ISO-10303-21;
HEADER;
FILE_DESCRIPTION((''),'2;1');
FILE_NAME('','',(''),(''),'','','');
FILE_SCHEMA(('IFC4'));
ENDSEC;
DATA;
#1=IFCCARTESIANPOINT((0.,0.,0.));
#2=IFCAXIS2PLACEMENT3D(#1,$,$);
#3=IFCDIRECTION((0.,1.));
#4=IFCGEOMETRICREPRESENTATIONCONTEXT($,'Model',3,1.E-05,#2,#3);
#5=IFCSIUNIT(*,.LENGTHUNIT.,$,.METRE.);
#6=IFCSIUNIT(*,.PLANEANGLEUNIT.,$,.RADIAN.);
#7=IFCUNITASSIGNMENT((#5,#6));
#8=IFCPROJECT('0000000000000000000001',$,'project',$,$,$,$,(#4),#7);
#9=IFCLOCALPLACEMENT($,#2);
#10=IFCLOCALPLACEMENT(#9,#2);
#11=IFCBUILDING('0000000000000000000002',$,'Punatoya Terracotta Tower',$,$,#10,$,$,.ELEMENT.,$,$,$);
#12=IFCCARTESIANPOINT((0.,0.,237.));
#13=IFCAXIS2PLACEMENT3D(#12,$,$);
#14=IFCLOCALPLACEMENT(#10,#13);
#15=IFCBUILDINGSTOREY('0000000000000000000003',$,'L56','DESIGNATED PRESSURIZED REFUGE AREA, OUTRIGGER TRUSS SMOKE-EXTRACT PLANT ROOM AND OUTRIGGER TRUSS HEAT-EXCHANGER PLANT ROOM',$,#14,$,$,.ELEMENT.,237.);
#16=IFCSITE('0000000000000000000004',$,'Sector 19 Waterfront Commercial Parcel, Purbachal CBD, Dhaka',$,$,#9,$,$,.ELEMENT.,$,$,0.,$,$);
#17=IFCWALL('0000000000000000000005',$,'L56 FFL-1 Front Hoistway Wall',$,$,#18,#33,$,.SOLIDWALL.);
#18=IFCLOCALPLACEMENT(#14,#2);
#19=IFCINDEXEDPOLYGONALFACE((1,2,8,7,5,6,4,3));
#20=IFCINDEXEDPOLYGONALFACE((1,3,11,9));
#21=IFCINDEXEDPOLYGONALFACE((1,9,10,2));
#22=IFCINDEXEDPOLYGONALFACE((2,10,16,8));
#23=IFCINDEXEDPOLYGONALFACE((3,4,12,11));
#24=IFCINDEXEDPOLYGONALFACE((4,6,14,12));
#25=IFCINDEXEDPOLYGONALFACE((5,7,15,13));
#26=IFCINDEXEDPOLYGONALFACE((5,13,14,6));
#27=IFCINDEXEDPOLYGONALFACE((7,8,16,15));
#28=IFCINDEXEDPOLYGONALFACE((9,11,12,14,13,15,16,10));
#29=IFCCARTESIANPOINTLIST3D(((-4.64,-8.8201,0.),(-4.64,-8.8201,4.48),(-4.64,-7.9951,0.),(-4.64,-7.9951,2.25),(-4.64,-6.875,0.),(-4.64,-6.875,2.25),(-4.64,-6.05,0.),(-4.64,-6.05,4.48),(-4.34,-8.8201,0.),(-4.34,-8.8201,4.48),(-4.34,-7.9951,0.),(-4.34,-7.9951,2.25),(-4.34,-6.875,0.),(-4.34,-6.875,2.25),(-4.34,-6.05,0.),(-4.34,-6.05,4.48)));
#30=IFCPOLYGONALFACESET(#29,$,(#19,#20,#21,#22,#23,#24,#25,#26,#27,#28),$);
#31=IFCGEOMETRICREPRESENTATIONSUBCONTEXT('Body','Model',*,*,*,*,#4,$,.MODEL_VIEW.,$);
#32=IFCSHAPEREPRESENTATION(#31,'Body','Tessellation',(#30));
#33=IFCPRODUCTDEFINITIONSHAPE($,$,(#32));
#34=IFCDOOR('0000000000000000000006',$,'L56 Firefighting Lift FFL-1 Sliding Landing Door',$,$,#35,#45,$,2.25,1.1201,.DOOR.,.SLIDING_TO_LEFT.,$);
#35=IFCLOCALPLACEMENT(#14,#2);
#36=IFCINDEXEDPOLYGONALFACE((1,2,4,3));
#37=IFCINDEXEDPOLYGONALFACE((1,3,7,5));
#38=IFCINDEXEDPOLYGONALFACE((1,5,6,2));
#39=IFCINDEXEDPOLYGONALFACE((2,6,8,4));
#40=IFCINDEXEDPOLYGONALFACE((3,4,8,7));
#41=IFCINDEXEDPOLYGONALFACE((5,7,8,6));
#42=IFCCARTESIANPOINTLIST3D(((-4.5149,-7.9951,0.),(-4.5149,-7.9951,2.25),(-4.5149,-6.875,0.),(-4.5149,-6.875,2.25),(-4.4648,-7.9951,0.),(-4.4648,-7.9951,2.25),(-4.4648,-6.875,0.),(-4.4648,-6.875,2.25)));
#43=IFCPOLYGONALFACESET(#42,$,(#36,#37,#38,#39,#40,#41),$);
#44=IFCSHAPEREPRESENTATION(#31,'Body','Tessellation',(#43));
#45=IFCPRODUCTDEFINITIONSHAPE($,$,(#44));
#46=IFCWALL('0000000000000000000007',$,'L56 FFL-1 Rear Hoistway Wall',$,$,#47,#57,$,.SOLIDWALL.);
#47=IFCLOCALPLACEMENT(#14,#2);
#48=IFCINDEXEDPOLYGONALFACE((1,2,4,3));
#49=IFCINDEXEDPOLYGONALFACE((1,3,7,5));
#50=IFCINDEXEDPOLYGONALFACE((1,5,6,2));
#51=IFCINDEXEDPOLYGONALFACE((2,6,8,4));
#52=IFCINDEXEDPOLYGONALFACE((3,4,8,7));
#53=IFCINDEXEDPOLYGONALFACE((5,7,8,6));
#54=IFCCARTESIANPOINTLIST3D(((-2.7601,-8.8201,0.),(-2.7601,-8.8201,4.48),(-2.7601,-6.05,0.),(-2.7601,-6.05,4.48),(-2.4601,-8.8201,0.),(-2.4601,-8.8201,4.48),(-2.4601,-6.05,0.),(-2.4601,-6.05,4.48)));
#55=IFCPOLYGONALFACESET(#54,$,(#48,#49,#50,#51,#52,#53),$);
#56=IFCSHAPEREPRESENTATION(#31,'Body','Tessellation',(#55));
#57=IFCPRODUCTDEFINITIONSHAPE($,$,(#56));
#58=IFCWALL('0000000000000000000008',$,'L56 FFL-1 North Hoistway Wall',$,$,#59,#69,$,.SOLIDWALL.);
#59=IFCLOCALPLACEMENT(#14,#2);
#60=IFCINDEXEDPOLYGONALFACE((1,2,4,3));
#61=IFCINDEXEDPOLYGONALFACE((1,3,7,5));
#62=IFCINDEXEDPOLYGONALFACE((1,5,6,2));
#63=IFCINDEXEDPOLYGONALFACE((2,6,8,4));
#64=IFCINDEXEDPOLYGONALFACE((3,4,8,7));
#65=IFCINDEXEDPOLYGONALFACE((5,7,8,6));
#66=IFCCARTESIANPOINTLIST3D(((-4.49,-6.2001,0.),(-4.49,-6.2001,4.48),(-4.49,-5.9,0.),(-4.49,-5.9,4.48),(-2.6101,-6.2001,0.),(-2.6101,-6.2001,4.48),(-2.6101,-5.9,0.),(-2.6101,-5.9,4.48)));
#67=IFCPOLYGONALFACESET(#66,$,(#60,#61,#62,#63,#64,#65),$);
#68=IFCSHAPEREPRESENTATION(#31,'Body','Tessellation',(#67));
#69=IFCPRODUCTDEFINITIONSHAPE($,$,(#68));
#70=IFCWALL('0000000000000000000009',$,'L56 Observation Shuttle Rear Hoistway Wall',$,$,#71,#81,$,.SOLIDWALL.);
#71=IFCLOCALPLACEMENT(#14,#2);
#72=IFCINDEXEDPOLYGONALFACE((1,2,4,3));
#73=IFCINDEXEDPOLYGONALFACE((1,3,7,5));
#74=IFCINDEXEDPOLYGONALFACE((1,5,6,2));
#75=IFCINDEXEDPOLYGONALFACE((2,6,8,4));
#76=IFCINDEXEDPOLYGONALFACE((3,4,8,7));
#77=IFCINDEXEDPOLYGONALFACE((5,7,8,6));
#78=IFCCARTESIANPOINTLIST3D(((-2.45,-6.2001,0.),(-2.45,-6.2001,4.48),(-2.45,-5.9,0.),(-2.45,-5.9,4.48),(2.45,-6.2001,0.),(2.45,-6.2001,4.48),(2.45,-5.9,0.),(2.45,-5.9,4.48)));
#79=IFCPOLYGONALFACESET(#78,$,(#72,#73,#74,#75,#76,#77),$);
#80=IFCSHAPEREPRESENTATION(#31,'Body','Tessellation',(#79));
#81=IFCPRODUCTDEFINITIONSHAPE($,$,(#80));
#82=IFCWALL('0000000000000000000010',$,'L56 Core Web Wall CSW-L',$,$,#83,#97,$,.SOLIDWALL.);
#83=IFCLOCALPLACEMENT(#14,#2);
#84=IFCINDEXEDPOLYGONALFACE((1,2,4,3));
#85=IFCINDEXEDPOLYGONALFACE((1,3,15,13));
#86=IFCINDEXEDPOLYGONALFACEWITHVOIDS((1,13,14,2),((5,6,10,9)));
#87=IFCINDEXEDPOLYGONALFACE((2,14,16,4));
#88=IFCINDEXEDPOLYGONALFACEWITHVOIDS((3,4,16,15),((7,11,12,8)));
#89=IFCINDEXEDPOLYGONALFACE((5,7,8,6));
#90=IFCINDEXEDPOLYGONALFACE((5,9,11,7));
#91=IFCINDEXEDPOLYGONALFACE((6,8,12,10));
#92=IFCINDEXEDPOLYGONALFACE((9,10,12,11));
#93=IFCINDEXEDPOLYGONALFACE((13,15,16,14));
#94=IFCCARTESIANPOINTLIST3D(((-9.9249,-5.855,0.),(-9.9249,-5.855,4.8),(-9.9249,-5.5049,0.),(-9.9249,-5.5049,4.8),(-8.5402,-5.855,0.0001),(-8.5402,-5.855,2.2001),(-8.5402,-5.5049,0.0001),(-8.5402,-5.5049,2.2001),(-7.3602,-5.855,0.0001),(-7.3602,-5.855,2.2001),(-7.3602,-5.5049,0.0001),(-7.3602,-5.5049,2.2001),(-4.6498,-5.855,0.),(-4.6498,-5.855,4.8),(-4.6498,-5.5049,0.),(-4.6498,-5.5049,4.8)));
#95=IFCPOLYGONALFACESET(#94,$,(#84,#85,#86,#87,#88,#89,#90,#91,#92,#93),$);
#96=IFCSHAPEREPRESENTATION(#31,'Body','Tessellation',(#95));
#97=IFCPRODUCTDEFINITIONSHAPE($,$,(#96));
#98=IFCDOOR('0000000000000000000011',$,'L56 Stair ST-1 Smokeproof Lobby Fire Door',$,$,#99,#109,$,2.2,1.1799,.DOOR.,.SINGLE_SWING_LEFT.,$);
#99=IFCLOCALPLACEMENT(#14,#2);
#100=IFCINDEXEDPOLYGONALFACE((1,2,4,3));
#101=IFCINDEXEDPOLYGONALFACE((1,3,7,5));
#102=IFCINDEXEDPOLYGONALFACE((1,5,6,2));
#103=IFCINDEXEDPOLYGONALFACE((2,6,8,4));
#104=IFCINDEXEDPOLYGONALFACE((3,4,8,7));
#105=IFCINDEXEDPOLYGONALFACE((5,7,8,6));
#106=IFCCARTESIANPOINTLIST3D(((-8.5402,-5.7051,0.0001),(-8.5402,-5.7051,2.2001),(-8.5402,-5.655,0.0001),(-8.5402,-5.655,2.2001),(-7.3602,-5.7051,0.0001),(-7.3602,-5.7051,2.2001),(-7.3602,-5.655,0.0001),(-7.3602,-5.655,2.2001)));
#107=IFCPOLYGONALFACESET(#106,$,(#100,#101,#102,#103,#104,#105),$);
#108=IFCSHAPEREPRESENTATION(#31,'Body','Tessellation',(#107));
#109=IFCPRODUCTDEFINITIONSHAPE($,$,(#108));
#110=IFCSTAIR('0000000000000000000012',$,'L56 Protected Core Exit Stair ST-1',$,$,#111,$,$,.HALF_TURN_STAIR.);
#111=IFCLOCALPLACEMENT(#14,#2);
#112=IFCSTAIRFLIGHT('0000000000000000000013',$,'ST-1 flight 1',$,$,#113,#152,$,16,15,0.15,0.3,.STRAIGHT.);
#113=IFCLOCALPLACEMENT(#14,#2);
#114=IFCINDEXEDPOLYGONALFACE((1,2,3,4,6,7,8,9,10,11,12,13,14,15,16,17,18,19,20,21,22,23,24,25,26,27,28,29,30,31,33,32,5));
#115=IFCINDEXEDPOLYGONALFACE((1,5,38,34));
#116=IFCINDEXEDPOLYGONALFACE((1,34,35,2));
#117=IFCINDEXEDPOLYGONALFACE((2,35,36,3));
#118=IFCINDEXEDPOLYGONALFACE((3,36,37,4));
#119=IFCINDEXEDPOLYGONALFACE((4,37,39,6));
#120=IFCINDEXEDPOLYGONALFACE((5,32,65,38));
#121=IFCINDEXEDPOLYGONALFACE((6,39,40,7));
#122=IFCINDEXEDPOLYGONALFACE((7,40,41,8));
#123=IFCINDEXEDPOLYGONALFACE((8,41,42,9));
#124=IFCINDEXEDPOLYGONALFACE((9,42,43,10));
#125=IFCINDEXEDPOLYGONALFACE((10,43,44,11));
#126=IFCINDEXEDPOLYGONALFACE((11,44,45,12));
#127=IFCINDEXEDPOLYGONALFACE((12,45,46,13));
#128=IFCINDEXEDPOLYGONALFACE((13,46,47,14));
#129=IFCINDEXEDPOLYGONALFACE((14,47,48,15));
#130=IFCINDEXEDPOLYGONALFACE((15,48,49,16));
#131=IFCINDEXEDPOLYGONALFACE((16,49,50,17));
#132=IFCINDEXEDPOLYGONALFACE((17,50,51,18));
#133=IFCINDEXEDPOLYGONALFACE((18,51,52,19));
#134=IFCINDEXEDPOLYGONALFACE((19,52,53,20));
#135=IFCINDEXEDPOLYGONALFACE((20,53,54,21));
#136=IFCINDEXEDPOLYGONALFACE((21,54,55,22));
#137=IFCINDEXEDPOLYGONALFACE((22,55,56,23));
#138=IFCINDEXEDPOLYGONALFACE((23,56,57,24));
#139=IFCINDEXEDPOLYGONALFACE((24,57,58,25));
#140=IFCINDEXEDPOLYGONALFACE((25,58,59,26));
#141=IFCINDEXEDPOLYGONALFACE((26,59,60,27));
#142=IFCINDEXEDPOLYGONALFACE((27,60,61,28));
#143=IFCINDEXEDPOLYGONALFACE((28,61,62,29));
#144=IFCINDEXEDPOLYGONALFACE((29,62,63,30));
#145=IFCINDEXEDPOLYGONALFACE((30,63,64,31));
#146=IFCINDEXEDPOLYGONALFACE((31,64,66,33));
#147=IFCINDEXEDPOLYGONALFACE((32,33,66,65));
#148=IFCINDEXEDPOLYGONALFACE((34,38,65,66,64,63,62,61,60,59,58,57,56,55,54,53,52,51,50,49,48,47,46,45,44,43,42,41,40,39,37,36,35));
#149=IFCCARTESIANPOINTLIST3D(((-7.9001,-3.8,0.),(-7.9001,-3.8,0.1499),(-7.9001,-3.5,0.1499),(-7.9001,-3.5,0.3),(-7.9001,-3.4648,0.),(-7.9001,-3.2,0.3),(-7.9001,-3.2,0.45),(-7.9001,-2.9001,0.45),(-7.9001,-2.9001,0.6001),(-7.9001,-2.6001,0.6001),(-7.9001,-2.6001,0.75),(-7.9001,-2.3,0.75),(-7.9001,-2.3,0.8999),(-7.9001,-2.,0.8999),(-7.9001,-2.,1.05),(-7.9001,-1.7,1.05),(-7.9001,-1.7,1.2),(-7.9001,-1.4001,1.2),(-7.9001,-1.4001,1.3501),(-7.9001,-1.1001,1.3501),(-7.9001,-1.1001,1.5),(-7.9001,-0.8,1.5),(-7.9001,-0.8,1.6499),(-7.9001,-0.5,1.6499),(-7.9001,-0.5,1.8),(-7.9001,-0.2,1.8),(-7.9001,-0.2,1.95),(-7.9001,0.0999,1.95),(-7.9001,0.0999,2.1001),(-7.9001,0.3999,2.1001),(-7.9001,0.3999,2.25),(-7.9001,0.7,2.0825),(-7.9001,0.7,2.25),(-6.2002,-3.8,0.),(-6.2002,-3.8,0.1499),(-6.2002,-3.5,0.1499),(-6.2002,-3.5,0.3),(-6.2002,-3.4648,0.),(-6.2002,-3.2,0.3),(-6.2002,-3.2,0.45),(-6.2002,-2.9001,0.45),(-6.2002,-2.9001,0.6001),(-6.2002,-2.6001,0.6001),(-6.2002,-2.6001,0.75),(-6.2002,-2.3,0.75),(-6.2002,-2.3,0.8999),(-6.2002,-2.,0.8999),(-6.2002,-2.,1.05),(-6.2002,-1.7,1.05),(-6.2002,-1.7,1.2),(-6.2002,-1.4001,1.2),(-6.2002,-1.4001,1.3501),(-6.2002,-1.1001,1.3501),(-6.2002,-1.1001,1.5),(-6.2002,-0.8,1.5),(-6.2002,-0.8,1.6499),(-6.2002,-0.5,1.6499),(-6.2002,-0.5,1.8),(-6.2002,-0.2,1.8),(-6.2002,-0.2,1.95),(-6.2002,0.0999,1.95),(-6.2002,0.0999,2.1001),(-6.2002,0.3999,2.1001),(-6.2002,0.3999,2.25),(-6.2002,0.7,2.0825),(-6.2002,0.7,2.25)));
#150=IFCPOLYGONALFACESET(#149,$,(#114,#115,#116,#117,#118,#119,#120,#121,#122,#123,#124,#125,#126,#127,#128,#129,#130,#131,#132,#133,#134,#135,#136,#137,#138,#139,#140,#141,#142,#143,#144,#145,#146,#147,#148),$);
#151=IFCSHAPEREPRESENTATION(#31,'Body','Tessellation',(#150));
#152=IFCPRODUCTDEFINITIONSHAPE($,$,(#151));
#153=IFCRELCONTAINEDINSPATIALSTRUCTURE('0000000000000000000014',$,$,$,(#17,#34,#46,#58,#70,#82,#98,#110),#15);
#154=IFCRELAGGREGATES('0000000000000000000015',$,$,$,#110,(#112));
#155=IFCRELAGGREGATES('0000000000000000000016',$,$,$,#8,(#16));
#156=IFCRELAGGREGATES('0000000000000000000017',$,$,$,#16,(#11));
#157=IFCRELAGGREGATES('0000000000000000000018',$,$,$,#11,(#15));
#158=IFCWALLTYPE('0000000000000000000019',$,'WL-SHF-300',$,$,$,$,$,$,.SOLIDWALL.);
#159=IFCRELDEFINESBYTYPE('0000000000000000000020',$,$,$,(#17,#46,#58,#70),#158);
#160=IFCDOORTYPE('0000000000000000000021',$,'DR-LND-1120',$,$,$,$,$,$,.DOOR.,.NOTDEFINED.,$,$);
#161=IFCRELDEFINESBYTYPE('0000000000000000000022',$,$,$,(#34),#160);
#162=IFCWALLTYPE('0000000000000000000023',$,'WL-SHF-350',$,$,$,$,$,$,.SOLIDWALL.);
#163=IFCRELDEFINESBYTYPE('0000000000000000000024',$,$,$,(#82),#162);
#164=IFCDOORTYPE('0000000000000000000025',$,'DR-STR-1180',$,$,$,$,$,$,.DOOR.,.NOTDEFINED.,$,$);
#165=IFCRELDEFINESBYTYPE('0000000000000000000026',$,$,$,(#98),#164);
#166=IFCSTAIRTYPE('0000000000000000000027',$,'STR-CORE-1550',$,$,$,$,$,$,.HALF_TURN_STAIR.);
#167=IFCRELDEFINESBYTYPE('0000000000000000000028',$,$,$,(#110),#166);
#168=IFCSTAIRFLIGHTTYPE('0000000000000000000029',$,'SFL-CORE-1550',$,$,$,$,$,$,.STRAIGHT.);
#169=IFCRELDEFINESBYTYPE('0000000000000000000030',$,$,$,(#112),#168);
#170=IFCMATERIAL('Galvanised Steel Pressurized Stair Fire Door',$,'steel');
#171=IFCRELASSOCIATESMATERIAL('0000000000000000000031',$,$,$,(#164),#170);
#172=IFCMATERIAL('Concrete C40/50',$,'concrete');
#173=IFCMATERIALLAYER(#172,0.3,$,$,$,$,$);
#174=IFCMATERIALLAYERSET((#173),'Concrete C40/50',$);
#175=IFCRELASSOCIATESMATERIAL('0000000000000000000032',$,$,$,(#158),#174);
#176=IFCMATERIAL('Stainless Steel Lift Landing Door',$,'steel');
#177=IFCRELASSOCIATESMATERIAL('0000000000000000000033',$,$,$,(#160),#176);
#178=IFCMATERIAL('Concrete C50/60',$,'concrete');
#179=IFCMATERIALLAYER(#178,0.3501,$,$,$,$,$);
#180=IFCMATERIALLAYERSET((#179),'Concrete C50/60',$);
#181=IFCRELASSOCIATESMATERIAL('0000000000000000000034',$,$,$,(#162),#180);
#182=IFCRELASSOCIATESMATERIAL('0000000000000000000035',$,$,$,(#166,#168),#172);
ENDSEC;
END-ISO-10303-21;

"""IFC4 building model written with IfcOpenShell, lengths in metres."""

from ifc_helpers import new_model, si_unit, direction, frame, frame_2d, origin, place, context, subcontext, project, spatial, polyline, rectangle, outline, extrude, material, layer, layer_set, type_object, element, fill, aggregate, save


model = new_model("IFC4")

# Units and contexts
model_context = context("Model", 3, precision=1e-05, world=origin(), true_north=direction((0.0, 1.0)))
body_context = subcontext(model_context, "Body", "Model", "MODEL_VIEW")
ifc_project = project(units=[si_unit("LENGTHUNIT", "METRE"), si_unit("PLANEANGLEUNIT", "RADIAN")], contexts=[model_context])

# Site, building, storey
site_placement = place(None, origin())
site = spatial("IfcSite", under=ifc_project, at=site_placement, Name="Sector 19 Waterfront Commercial Parcel, Purbachal CBD, Dhaka", CompositionType="ELEMENT", RefElevation=0.0)
building_placement = place(site_placement, origin())
building = spatial("IfcBuilding", under=site, at=building_placement, Name="Punatoya Terracotta Tower", CompositionType="ELEMENT")
storey_placement = place(building_placement, frame((0.0, 0.0, 237.0)))
storey = spatial("IfcBuildingStorey", under=building, at=storey_placement, Name="L56", Description="DESIGNATED PRESSURIZED REFUGE AREA, OUTRIGGER TRUSS SMOKE-EXTRACT PLANT ROOM AND OUTRIGGER TRUSS HEAT-EXCHANGER PLANT ROOM", CompositionType="ELEMENT", Elevation=237.0)

# Shared definitions
ifc_material_1 = material(Name="Concrete C50/60", Category="concrete")

# Shared definitions
ifc_material_2 = material(Name="Galvanised Steel Pressurized Stair Fire Door", Category="steel")
door_type_1 = type_object("IfcDoorType", Name="DR-STR-1180", OperationType="NOTDEFINED", PredefinedType="DOOR", material=ifc_material_2)

# Shared definitions
ifc_material_3 = material(Name="Concrete C40/50", Category="concrete")

# Shared definitions
ifc_layer_1 = layer(ifc_material_3, 0.3)
ifc_layer_set_1 = layer_set([ifc_layer_1], Name="Concrete C40/50")
wall_type_1 = type_object("IfcWallType", Name="WL-SHF-300", PredefinedType="SOLIDWALL", material=ifc_layer_set_1)

# Wall, opening, door
wall_1_placement = place(storey_placement, frame((-4.49, -8.8201, 0.0), z_axis=(0.0, 0.0, 1.0), x_axis=(0.0, 1.0, 0.0)))
wall_1 = element("IfcWall", 1, at=wall_1_placement, inside=storey, type_object=wall_type_1, Name="L56 FFL-1 Front Hoistway Wall", PredefinedType="SOLIDWALL", context=body_context, shape_type="SweptSolid", body=[
    extrude(rectangle(XDim=2.77, YDim=0.3, at=frame_2d((1.385, 0.0))), origin(), (0.0, 0.0, 1.0), 4.48),
])
opening_1_placement = place(wall_1_placement, frame((0.825, 0.0, 0.0)))
opening_1 = element("IfcOpeningElement", 2, at=opening_1_placement, cuts=wall_1, PredefinedType="OPENING", context=body_context, shape_type="SweptSolid", body=[
    extrude(rectangle(XDim=1.1201, YDim=2.25, at=frame_2d((0.5601, 1.125))), frame((0.0, 0.1599, 0.0), z_axis=(0.0, -1.0, 0.0), x_axis=(1.0, 0.0, 0.0)), (0.0, 0.0, 1.0), 0.3201),
])
ifc_material_4 = material(Name="Stainless Steel Lift Landing Door", Category="steel")
door_type_2 = type_object("IfcDoorType", Name="DR-LND-1120", OperationType="NOTDEFINED", PredefinedType="DOOR", material=ifc_material_4)
door_1_placement = place(opening_1_placement, origin())
door_1 = element("IfcDoor", 3, at=door_1_placement, inside=storey, type_object=door_type_2, Name="L56 Firefighting Lift FFL-1 Sliding Landing Door", OperationType="SLIDING_TO_LEFT", OverallHeight=2.25, OverallWidth=1.1201, PredefinedType="DOOR", context=body_context, shape_type="SweptSolid", body=[
    extrude(rectangle(XDim=1.1201, YDim=2.25, at=frame_2d((0.5601, 1.125))), frame((0.0, 0.0249, 0.0), z_axis=(0.0, -1.0, 0.0), x_axis=(1.0, 0.0, 0.0)), (0.0, 0.0, 1.0), 0.05),
])
fill(opening_1, door_1)

# Walls
wall_2_placement = place(storey_placement, frame((-2.6101, -8.8201, 0.0), z_axis=(0.0, 0.0, 1.0), x_axis=(0.0, 1.0, 0.0)))
element("IfcWall", 4, at=wall_2_placement, inside=storey, type_object=wall_type_1, Name="L56 FFL-1 Rear Hoistway Wall", PredefinedType="SOLIDWALL", context=body_context, shape_type="SweptSolid", body=[
    extrude(rectangle(XDim=2.77, YDim=0.3, at=frame_2d((1.385, 0.0))), origin(), (0.0, 0.0, 1.0), 4.48),
])
wall_3_placement = place(storey_placement, frame((-4.49, -6.05, 0.0), z_axis=(0.0, 0.0, 1.0), x_axis=(1.0, 0.0, 0.0)))
element("IfcWall", 5, at=wall_3_placement, inside=storey, type_object=wall_type_1, Name="L56 FFL-1 North Hoistway Wall", PredefinedType="SOLIDWALL", context=body_context, shape_type="SweptSolid", body=[
    extrude(rectangle(XDim=1.8799, YDim=0.3, at=frame_2d((0.9399, 0.0))), origin(), (0.0, 0.0, 1.0), 4.48),
])
wall_4_placement = place(storey_placement, frame((-2.45, -6.05, 0.0), z_axis=(0.0, 0.0, 1.0), x_axis=(1.0, 0.0, 0.0)))
element("IfcWall", 6, at=wall_4_placement, inside=storey, type_object=wall_type_1, Name="L56 Observation Shuttle Rear Hoistway Wall", PredefinedType="SOLIDWALL", context=body_context, shape_type="SweptSolid", body=[
    extrude(rectangle(XDim=4.8999, YDim=0.3, at=frame_2d((2.45, 0.0))), origin(), (0.0, 0.0, 1.0), 4.48),
])

# Wall, opening, door
ifc_layer_2 = layer(ifc_material_1, 0.3501)
ifc_layer_set_2 = layer_set([ifc_layer_2], Name="Concrete C50/60")
wall_type_2 = type_object("IfcWallType", Name="WL-SHF-350", PredefinedType="SOLIDWALL", material=ifc_layer_set_2)
wall_5_placement = place(storey_placement, frame((-9.925, -5.6799, 0.0), z_axis=(0.0, 0.0, 1.0), x_axis=(1.0, 0.0, 0.0)))
wall_5 = element("IfcWall", 7, at=wall_5_placement, inside=storey, type_object=wall_type_2, Name="L56 Core Web Wall CSW-L", PredefinedType="SOLIDWALL", context=body_context, shape_type="SweptSolid", body=[
    extrude(rectangle(XDim=5.2751, YDim=0.3501, at=frame_2d((2.6377, 0.0))), origin(), (0.0, 0.0, 1.0), 4.8),
])
opening_2_placement = place(wall_5_placement, frame((1.385, 0.0, 0.0)))
opening_2 = element("IfcOpeningElement", 8, at=opening_2_placement, cuts=wall_5, PredefinedType="OPENING", context=body_context, shape_type="SweptSolid", body=[
    extrude(rectangle(XDim=1.1799, YDim=2.2, at=frame_2d((0.5898, 1.1001))), frame((0.0, 0.1851, 0.0), z_axis=(0.0, -1.0, 0.0), x_axis=(1.0, 0.0, 0.0)), (0.0, 0.0, 1.0), 0.3701),
])
door_2_placement = place(opening_2_placement, origin())
door_2 = element("IfcDoor", 9, at=door_2_placement, inside=storey, type_object=door_type_1, Name="L56 Stair ST-1 Smokeproof Lobby Fire Door", OperationType="SINGLE_SWING_LEFT", OverallHeight=2.2, OverallWidth=1.1799, PredefinedType="DOOR", context=body_context, shape_type="SweptSolid", body=[
    extrude(rectangle(XDim=1.1799, YDim=2.2, at=frame_2d((0.5898, 1.1001))), frame((0.0, 0.0249, 0.0), z_axis=(0.0, -1.0, 0.0), x_axis=(1.0, 0.0, 0.0)), (0.0, 0.0, 1.0), 0.05),
])
fill(opening_2, door_2)

# Stair, stair flight
stair_type = type_object("IfcStairType", Name="STR-CORE-1550", PredefinedType="HALF_TURN_STAIR", material=ifc_material_3)
stair_placement = place(storey_placement, origin())
stair = element("IfcStair", 10, at=stair_placement, inside=storey, type_object=stair_type, Name="L56 Protected Core Exit Stair ST-1", PredefinedType="HALF_TURN_STAIR")
stair_flight_type = type_object("IfcStairFlightType", Name="SFL-CORE-1550", PredefinedType="STRAIGHT", material=ifc_material_3)
stair_flight_placement = place(storey_placement, frame((-7.05, -3.8, 0.0), z_axis=(0.0, 0.0, 1.0), x_axis=(0.0, 1.0, 0.0)))
stair_flight = element("IfcStairFlight", 11, at=stair_flight_placement, type_object=stair_flight_type, Name="ST-1 flight 1", NumberOfRisers=16, NumberOfTreads=15, PredefinedType="STRAIGHT", RiserHeight=0.15, TreadLength=0.3, context=body_context, shape_type="SweptSolid", body=[
    extrude(outline(polyline([(0.0, 0.0), (0.0, 0.1499), (0.3, 0.1499), (0.3, 0.3), (0.6001, 0.3), (0.6001, 0.45), (0.8999, 0.45), (0.8999, 0.6001), (1.2, 0.6001), (1.2, 0.75), (1.5, 0.75), (1.5, 0.8999), (1.8, 0.8999), (1.8, 1.05), (2.1001, 1.05), (2.1001, 1.2), (2.3999, 1.2), (2.3999, 1.3501), (2.7, 1.3501), (2.7, 1.5), (3.0, 1.5), (3.0, 1.6499), (3.3, 1.6499), (3.3, 1.8), (3.6001, 1.8), (3.6001, 1.95), (3.8999, 1.95), (3.8999, 2.1001), (4.2, 2.1001), (4.2, 2.25), (4.5, 2.25), (4.5, 2.3999), (4.5, 2.0825), (0.3352, 0.0), (0.0, 0.0)])), frame((0.0, 0.8501, 0.0), z_axis=(0.0, -1.0, 0.0), x_axis=(1.0, 0.0, 0.0)), (0.0, 0.0, 1.0), 1.7),
])
aggregate(stair, [stair_flight])

save(model, "model.ifc")
